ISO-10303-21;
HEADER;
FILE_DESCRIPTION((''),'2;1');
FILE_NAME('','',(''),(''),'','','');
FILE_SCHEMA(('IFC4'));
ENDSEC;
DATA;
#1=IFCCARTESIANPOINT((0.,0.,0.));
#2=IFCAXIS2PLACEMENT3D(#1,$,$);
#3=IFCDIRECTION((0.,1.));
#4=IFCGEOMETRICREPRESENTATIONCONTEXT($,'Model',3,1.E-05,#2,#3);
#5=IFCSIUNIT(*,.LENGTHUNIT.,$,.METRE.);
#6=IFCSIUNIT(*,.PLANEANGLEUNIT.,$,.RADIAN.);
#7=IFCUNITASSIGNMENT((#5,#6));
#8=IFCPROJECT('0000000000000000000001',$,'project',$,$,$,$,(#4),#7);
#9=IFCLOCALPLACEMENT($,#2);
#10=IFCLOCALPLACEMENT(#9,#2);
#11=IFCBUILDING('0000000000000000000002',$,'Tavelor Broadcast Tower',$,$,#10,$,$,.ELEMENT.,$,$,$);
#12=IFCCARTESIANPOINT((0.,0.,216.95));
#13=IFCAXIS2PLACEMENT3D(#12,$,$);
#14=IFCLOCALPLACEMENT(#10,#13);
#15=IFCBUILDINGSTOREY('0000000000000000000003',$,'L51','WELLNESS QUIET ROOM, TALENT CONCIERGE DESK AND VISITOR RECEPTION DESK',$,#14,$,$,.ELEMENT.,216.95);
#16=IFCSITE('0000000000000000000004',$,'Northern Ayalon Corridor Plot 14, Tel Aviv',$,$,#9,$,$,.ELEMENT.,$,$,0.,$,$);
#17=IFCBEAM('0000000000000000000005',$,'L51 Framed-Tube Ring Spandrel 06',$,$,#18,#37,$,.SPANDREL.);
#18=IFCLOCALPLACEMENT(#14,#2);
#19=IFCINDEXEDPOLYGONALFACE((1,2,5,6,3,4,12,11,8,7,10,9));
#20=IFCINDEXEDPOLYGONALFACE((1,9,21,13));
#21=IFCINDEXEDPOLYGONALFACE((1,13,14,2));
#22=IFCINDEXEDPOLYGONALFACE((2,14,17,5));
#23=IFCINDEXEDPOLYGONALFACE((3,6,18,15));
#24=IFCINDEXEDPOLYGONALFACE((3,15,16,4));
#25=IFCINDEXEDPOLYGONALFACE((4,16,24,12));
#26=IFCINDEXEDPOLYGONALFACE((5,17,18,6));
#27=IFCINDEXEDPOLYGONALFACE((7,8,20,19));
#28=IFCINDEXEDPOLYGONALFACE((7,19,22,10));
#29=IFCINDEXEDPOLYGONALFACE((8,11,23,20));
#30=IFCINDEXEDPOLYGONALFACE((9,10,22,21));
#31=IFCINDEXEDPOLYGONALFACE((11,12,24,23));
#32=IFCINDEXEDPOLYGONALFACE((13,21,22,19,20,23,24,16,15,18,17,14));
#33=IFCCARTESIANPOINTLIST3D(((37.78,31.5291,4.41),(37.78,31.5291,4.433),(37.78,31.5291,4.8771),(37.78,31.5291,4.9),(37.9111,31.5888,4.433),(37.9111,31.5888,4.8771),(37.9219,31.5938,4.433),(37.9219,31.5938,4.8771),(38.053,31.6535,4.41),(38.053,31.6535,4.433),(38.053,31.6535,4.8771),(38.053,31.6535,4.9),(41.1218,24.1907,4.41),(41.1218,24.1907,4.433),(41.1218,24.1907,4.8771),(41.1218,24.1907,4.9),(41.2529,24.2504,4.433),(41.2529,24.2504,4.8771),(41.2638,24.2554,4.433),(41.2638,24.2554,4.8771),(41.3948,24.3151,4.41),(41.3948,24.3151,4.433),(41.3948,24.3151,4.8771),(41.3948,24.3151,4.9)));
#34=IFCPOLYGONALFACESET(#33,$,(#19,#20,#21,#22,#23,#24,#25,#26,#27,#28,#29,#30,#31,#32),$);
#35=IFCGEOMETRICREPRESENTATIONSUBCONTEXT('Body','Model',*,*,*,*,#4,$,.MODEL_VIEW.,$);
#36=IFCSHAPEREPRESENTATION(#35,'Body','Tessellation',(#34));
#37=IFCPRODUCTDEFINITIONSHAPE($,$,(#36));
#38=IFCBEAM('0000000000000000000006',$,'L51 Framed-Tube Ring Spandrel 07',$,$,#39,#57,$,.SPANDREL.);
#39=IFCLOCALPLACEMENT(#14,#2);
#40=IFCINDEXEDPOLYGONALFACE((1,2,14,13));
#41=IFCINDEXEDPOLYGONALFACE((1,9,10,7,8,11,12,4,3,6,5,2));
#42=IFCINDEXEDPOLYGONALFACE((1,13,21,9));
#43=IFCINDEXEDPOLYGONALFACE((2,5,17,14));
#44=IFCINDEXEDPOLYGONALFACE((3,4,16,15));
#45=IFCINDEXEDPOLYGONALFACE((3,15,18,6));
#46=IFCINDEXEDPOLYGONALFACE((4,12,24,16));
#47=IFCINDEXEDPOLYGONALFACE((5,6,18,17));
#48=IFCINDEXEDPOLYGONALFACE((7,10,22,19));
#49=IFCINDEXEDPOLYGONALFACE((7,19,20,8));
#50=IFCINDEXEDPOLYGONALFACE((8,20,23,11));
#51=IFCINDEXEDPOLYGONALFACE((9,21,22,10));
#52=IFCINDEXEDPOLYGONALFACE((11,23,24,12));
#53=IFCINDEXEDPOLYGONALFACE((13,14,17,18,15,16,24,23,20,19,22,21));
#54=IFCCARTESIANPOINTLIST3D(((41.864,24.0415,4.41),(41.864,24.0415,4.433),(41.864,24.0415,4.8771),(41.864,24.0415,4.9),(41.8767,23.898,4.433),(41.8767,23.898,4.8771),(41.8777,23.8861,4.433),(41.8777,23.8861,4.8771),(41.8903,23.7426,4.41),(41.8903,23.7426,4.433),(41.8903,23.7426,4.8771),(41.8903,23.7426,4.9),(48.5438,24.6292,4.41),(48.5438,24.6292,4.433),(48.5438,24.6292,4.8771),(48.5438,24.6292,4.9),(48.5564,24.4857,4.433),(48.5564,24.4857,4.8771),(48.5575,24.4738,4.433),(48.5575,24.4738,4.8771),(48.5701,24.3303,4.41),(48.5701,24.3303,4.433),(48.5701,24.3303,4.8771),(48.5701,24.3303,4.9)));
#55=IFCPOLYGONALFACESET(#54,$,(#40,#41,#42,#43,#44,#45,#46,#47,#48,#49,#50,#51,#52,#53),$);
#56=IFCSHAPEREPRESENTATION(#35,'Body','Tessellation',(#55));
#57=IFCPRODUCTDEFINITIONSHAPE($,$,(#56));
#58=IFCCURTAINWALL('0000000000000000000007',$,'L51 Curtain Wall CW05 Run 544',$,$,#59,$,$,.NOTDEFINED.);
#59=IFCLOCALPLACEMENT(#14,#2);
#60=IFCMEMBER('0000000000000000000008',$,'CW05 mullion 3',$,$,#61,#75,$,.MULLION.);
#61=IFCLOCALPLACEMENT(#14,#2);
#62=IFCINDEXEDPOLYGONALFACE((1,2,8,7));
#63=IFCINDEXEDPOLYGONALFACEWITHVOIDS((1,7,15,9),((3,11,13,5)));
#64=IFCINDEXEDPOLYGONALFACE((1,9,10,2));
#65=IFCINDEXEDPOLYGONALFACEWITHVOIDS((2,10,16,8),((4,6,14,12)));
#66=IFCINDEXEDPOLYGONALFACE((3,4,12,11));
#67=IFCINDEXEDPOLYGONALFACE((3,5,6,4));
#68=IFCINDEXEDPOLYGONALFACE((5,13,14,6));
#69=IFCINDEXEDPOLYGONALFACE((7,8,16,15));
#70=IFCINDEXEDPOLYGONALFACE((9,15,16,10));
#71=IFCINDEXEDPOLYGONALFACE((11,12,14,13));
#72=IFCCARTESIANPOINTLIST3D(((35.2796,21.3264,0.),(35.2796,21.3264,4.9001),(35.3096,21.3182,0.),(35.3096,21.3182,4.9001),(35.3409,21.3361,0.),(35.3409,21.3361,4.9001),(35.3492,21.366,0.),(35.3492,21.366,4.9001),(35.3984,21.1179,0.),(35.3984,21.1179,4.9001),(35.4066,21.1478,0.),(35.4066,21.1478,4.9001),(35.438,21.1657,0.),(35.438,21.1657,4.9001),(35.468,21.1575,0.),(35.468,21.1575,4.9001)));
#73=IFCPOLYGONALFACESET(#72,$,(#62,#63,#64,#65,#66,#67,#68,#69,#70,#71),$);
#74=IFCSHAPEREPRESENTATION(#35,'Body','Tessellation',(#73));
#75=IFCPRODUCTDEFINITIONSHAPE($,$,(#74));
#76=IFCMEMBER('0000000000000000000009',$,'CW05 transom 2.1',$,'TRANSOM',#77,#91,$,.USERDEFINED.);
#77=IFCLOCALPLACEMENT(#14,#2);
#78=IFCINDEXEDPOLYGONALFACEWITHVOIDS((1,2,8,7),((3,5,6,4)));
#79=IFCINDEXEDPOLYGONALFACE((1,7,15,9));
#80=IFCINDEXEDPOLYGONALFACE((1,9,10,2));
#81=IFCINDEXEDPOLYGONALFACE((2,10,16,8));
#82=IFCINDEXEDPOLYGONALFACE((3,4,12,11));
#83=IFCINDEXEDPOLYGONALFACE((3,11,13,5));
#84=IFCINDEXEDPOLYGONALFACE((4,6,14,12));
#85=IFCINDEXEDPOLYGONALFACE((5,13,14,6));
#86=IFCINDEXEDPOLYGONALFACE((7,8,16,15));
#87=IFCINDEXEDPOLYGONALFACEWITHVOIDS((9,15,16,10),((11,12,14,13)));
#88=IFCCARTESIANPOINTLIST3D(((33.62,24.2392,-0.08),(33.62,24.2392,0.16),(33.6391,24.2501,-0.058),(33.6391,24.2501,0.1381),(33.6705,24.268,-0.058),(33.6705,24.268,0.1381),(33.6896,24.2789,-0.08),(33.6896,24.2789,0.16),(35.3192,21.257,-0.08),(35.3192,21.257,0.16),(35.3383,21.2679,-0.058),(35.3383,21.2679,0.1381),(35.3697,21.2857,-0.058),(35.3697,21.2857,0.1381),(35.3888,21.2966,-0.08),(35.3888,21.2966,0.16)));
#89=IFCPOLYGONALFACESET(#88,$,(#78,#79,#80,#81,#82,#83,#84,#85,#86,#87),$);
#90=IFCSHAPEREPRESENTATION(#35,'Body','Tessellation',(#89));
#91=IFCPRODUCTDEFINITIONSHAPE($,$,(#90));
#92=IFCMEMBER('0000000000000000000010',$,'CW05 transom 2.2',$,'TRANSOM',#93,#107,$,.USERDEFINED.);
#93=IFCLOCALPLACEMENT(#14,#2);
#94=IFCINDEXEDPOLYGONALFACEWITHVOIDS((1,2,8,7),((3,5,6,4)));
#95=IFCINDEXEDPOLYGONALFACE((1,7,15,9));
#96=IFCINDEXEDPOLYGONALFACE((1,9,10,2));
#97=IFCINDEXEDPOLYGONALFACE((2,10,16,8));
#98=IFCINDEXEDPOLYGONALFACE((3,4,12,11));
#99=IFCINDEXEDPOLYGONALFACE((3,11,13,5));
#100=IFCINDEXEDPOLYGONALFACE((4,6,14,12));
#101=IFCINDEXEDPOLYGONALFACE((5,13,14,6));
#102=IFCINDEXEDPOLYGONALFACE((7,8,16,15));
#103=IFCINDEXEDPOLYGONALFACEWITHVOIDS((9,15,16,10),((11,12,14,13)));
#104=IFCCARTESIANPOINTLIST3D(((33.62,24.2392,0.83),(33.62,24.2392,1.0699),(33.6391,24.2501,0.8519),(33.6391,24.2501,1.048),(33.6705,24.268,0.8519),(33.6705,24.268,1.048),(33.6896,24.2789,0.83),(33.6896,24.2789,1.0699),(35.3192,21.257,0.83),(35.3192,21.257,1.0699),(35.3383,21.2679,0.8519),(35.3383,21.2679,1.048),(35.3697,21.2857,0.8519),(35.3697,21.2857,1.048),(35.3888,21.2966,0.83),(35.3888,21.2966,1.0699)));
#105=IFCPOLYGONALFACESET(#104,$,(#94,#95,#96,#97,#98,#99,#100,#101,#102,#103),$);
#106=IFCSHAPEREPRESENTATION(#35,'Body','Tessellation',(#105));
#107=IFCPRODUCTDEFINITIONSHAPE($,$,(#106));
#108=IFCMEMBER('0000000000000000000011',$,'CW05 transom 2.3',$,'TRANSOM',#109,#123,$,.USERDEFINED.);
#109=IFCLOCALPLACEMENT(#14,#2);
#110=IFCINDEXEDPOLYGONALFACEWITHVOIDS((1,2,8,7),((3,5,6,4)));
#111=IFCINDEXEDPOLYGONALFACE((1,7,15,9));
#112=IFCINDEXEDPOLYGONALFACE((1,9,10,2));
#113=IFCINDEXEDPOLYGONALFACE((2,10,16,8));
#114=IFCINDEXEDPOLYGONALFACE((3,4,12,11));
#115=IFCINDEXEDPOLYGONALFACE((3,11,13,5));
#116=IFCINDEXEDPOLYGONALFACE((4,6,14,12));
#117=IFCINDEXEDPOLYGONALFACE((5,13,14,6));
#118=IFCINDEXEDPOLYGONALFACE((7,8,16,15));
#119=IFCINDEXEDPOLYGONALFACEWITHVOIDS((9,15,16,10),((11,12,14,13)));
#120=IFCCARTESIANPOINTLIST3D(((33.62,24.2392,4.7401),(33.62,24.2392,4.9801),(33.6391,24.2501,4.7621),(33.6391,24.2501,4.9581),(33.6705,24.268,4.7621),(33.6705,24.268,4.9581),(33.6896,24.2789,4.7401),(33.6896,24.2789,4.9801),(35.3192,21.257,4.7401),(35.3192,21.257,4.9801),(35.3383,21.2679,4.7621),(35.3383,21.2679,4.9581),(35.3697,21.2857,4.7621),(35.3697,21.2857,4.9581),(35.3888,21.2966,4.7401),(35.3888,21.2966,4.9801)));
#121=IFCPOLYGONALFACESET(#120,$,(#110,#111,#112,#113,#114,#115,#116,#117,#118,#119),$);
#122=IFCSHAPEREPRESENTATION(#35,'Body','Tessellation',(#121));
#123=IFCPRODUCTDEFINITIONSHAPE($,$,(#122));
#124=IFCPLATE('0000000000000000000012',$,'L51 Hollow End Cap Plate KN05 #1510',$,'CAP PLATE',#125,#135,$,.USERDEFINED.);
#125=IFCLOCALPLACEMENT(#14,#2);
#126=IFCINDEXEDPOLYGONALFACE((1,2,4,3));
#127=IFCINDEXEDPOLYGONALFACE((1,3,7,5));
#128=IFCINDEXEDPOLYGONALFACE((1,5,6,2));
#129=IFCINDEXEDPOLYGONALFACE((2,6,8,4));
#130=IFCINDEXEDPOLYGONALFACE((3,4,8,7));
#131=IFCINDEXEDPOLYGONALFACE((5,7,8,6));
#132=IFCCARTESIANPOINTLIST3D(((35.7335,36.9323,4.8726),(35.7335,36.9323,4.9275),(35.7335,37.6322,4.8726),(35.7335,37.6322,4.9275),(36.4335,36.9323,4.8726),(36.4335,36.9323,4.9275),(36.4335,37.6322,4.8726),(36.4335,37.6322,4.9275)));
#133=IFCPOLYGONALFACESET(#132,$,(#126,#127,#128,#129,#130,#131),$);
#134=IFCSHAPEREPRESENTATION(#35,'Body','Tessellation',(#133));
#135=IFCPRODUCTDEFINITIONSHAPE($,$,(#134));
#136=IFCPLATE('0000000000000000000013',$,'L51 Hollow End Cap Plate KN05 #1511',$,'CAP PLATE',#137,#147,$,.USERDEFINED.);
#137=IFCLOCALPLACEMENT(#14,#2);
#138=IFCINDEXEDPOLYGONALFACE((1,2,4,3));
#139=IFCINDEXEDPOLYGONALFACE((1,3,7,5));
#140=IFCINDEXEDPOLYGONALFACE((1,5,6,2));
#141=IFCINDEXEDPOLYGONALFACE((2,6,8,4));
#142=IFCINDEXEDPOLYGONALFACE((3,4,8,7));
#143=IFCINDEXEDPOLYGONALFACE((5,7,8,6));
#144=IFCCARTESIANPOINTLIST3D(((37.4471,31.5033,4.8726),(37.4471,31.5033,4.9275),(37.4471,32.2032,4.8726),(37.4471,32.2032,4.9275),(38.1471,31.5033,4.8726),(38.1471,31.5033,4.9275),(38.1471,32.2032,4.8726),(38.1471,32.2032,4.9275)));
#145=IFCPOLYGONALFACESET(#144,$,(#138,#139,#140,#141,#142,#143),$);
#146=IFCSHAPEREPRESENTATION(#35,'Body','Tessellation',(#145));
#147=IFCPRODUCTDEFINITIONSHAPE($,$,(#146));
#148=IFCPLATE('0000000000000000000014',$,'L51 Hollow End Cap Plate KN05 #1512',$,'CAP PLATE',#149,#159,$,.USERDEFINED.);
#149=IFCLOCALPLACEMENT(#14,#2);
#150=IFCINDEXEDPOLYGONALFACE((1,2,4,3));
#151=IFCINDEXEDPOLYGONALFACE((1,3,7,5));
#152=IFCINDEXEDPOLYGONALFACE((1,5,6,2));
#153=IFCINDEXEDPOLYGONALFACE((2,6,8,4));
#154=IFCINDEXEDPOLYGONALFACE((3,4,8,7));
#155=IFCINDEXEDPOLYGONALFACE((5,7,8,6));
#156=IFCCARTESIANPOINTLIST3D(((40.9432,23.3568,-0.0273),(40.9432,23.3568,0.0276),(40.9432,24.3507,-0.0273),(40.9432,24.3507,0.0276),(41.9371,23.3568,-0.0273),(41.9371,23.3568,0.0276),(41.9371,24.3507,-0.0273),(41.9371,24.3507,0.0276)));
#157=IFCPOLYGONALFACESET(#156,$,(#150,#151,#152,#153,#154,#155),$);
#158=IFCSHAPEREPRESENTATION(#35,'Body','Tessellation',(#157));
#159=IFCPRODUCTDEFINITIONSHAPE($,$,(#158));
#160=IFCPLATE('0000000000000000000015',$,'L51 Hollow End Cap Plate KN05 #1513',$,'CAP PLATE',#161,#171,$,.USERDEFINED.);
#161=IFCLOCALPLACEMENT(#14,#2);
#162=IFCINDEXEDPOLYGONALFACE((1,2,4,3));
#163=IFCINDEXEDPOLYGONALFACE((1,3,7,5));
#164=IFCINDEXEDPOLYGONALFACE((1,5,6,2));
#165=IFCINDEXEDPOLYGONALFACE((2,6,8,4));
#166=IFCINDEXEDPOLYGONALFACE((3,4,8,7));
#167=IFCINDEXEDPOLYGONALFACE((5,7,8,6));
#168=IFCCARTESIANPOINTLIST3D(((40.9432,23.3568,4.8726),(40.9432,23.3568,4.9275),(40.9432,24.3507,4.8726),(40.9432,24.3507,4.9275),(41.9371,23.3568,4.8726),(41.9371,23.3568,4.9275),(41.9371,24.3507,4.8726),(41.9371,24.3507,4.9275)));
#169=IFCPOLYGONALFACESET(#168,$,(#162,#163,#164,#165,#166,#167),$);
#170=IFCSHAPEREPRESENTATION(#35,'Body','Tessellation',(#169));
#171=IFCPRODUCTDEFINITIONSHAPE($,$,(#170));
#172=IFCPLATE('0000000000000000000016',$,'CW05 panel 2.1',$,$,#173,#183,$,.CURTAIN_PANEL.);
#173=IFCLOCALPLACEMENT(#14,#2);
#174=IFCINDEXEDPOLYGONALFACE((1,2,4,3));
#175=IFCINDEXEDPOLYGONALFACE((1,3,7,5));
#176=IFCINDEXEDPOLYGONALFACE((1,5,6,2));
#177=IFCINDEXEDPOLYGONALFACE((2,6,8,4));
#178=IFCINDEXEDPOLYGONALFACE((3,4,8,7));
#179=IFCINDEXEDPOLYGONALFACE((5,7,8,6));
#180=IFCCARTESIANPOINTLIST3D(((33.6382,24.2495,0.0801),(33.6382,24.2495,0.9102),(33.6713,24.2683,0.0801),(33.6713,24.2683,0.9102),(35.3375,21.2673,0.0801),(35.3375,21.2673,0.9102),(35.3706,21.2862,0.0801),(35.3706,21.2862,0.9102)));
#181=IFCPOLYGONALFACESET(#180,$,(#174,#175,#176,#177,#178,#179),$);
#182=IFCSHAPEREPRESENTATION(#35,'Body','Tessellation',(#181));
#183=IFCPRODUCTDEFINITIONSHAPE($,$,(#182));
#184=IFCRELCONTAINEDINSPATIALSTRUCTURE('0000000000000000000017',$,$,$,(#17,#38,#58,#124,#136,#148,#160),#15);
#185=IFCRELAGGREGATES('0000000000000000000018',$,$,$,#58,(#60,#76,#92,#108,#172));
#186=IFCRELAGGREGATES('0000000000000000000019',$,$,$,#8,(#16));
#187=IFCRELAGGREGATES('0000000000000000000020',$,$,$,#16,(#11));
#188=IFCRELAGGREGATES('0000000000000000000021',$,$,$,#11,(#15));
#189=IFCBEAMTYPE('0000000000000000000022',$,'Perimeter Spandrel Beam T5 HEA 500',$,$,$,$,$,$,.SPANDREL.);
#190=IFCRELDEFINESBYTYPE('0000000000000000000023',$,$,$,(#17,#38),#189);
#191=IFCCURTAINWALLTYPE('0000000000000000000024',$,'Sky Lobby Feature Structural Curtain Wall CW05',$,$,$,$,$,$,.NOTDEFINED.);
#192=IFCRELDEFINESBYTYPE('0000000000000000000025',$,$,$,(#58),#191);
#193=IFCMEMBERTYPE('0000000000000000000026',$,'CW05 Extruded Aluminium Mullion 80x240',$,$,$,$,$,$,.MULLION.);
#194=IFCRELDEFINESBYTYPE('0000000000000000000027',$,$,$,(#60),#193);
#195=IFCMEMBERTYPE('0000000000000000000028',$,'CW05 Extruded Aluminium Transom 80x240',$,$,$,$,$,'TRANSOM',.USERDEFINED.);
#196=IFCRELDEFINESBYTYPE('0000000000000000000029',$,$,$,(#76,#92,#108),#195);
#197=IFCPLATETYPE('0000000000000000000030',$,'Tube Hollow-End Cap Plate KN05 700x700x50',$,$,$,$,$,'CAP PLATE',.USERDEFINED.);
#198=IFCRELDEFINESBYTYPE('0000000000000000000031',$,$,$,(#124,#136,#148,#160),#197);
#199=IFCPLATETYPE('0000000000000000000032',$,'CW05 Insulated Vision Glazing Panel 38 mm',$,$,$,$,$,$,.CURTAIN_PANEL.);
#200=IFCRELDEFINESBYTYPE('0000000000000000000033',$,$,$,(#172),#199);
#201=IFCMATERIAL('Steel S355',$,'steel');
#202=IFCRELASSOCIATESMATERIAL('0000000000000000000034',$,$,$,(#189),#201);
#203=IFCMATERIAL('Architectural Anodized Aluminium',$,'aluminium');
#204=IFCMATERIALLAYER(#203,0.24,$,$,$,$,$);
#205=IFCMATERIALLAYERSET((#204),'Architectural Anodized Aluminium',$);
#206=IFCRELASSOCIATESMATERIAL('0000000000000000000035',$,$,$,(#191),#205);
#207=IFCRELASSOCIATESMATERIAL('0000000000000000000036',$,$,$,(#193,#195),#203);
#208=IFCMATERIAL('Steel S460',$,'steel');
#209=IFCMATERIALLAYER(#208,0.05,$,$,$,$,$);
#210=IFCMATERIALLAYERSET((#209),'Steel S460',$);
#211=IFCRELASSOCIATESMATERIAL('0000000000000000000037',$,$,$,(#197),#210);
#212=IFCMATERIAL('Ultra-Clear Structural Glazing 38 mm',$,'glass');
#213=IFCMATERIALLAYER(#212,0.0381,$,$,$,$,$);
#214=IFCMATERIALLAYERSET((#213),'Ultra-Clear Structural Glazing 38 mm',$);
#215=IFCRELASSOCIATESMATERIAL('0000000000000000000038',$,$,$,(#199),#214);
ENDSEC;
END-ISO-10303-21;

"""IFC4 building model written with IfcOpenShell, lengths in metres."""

from ifc_helpers import new_model, si_unit, direction, frame, origin, origin_2d, place, context, subcontext, project, spatial, rectangle, hollow_rectangle, i_section, extrude, source, transform, mapped, material, layer, layer_set, material_profile, profile_set, type_object, type_shapes, element, aggregate, save


model = new_model("IFC4")

# Units and contexts
model_context = context("Model", 3, precision=1e-05, world=origin(), true_north=direction((0.0, 1.0)))
body_context = subcontext(model_context, "Body", "Model", "MODEL_VIEW")
ifc_project = project(units=[si_unit("LENGTHUNIT", "METRE"), si_unit("PLANEANGLEUNIT", "RADIAN")], contexts=[model_context])

# Site, building, storey
site_placement = place(None, origin())
site = spatial("IfcSite", under=ifc_project, at=site_placement, Name="Northern Ayalon Corridor Plot 14, Tel Aviv", CompositionType="ELEMENT", RefElevation=0.0)
building_placement = place(site_placement, origin())
building = spatial("IfcBuilding", under=site, at=building_placement, Name="Tavelor Broadcast Tower", CompositionType="ELEMENT")
storey_placement = place(building_placement, frame((0.0, 0.0, 216.95)))
storey = spatial("IfcBuildingStorey", under=building, at=storey_placement, Name="L51", Description="WELLNESS QUIET ROOM, TALENT CONCIERGE DESK AND VISITOR RECEPTION DESK", CompositionType="ELEMENT", Elevation=216.95)

# Shared definitions
ifc_material_1 = material(Name="Steel S460", Category="steel")

# Beams
ifc_material_2 = material(Name="Steel S355", Category="steel")
ifc_material_profile_1 = material_profile(ifc_material_2, i_section(OverallWidth=0.3, OverallDepth=0.49, WebThickness=0.012, FlangeThickness=0.0229, at=origin_2d()), Name="HEA 500")
ifc_profile_set_1 = profile_set([ifc_material_profile_1], Name="Steel S355")
beam_type_1 = type_object("IfcBeamType", Name="Perimeter Spandrel Beam T5 HEA 500", PredefinedType="SPANDREL", material=ifc_profile_set_1)
beam_1_placement = place(storey_placement, frame((37.9165, 31.5913, 4.655), z_axis=(0.414437, -0.910078, 0.0), x_axis=(0.910078, 0.414437, 0.0)))
element("IfcBeam", 1, at=beam_1_placement, inside=storey, type_object=beam_type_1, Name="L51 Framed-Tube Ring Spandrel 06", PredefinedType="SPANDREL", context=body_context, shape_type="SweptSolid", body=[
    extrude(i_section(OverallWidth=0.3, OverallDepth=0.49, WebThickness=0.012, FlangeThickness=0.0229, at=origin_2d()), origin(), (0.0, 0.0, 1.0), 8.0635),
])
beam_2_placement = place(storey_placement, frame((41.8772, 23.8921, 4.655), z_axis=(0.996153, 0.087637, 0.0), x_axis=(-0.087637, 0.996153, 0.0)))
element("IfcBeam", 2, at=beam_2_placement, inside=storey, type_object=beam_type_1, Name="L51 Framed-Tube Ring Spandrel 07", PredefinedType="SPANDREL", context=body_context, shape_type="SweptSolid", body=[
    extrude(i_section(OverallWidth=0.3, OverallDepth=0.49, WebThickness=0.012, FlangeThickness=0.0229, at=origin_2d()), origin(), (0.0, 0.0, 1.0), 6.7056),
])

# Curtain wall, members
ifc_material_3 = material(Name="Architectural Anodized Aluminium", Category="aluminium")
ifc_layer_1 = layer(ifc_material_3, 0.24)
ifc_layer_set_1 = layer_set([ifc_layer_1], Name="Architectural Anodized Aluminium")
curtain_wall_type = type_object("IfcCurtainWallType", Name="Sky Lobby Feature Structural Curtain Wall CW05", PredefinedType="NOTDEFINED", material=ifc_layer_set_1)
curtain_wall_placement = place(storey_placement, origin())
curtain_wall = element("IfcCurtainWall", 3, at=curtain_wall_placement, inside=storey, type_object=curtain_wall_type, Name="L51 Curtain Wall CW05 Run 544", PredefinedType="NOTDEFINED")
ifc_material_profile_2 = material_profile(ifc_material_3, hollow_rectangle(XDim=0.0801, YDim=0.24, WallThickness=0.022, at=origin_2d()), Name="RHS 80x240x22")
ifc_profile_set_2 = profile_set([ifc_material_profile_2], Name="Architectural Anodized Aluminium")
member_type_1 = type_object("IfcMemberType", Name="CW05 Extruded Aluminium Mullion 80x240", PredefinedType="MULLION", material=ifc_profile_set_2)
shared_shape_1 = source(origin(), body_context, "Body", "SweptSolid", [
    extrude(hollow_rectangle(XDim=0.0801, YDim=0.24, WallThickness=0.022, at=origin_2d()), origin(), (0.0, 0.0, 1.0), 4.9001),
])
type_shapes(member_type_1, [shared_shape_1])
member_1_placement = place(storey_placement, frame((35.3738, 21.2419, 0.0), z_axis=(0.0, 0.0, 1.0), x_axis=(0.868835, 0.495102, 0.0)))
member_1 = element("IfcMember", 4, at=member_1_placement, type_object=member_type_1, Name="CW05 mullion 3", PredefinedType="MULLION", context=body_context, shape_type="MappedRepresentation", body=[
    mapped(shared_shape_1, transform((0.0, 0.0, 0.0), scale=1.0)),
])
ifc_material_profile_3 = material_profile(ifc_material_3, hollow_rectangle(XDim=0.0801, YDim=0.24, WallThickness=0.022, at=origin_2d()), Name="RHS 80x240x22")
ifc_profile_set_3 = profile_set([ifc_material_profile_3], Name="Architectural Anodized Aluminium")
member_type_2 = type_object("IfcMemberType", Name="CW05 Extruded Aluminium Transom 80x240", ElementType="TRANSOM", PredefinedType="USERDEFINED", material=ifc_profile_set_3)
shared_shape_2 = source(origin(), body_context, "Body", "SweptSolid", [
    extrude(hollow_rectangle(XDim=0.0801, YDim=0.24, WallThickness=0.022, at=origin_2d()), origin(), (0.0, 0.0, 1.0), 3.4324),
])
type_shapes(member_type_2, [shared_shape_2])
member_2_placement = place(storey_placement, frame((33.6548, 24.259, 0.04), z_axis=(0.495066, -0.868855, 0.0), x_axis=(0.868855, 0.495066, 0.0)))
member_2 = element("IfcMember", 5, at=member_2_placement, type_object=member_type_2, Name="CW05 transom 2.1", ObjectType="TRANSOM", PredefinedType="USERDEFINED", context=body_context, shape_type="MappedRepresentation", body=[
    mapped(shared_shape_2, transform((0.0, 0.0, 0.0), scale=1.0)),
])
member_3_placement = place(storey_placement, frame((33.6548, 24.259, 0.95), z_axis=(0.495066, -0.868855, 0.0), x_axis=(0.868855, 0.495066, 0.0)))
member_3 = element("IfcMember", 6, at=member_3_placement, type_object=member_type_2, Name="CW05 transom 2.2", ObjectType="TRANSOM", PredefinedType="USERDEFINED", context=body_context, shape_type="MappedRepresentation", body=[
    mapped(shared_shape_2, transform((0.0, 0.0, 0.0), scale=1.0)),
])
member_4_placement = place(storey_placement, frame((33.6548, 24.259, 4.8601), z_axis=(0.495066, -0.868855, 0.0), x_axis=(0.868855, 0.495066, 0.0)))
member_4 = element("IfcMember", 7, at=member_4_placement, type_object=member_type_2, Name="CW05 transom 2.3", ObjectType="TRANSOM", PredefinedType="USERDEFINED", context=body_context, shape_type="MappedRepresentation", body=[
    mapped(shared_shape_2, transform((0.0, 0.0, 0.0), scale=1.0)),
])

# Plates
ifc_layer_2 = layer(ifc_material_1, 0.05)
ifc_layer_set_2 = layer_set([ifc_layer_2], Name="Steel S460")
plate_type_1 = type_object("IfcPlateType", Name="Tube Hollow-End Cap Plate KN05 700x700x50", ElementType="CAP PLATE", PredefinedType="USERDEFINED", material=ifc_layer_set_2)
shared_shape_3 = source(origin(), body_context, "Body", "SweptSolid", [
    extrude(rectangle(XDim=0.7, YDim=0.7, at=origin_2d()), origin(), (0.0, 0.0, 1.0), 0.0549),
])
for number, where, z_axis, x_axis, name in (
    (8, (36.0835, 37.2822, 4.8726), (0.0, 0.0, 1.0), (1.0, 0.0, 0.0), "L51 Hollow End Cap Plate KN05 #1510"),
    (9, (37.7971, 31.8533, 4.8726), (0.0, 0.0, 1.0), (1.0, 0.0, 0.0), "L51 Hollow End Cap Plate KN05 #1511"),
):
    element("IfcPlate", number, at=place(storey_placement, frame(where, z_axis=z_axis, x_axis=x_axis)), inside=storey, type_object=plate_type_1, Name=name, ObjectType="CAP PLATE", PredefinedType="USERDEFINED", context=body_context, shape_type="MappedRepresentation", body=[
        mapped(shared_shape_3, transform((0.0, 0.0, 0.0), scale=1.0)),
    ])
shared_shape_4 = source(origin(), body_context, "Body", "SweptSolid", [
    extrude(rectangle(XDim=0.9939, YDim=0.9939, at=origin_2d()), origin(), (0.0, 0.0, 1.0), 0.0549),
])
type_shapes(plate_type_1, [shared_shape_3, shared_shape_4])
for number, where, z_axis, x_axis, name in (
    (10, (41.4402, 23.8538, -0.0273), (0.0, 0.0, 1.0), (1.0, 0.0, 0.0), "L51 Hollow End Cap Plate KN05 #1512"),
    (11, (41.4402, 23.8538, 4.8726), (0.0, 0.0, 1.0), (1.0, 0.0, 0.0), "L51 Hollow End Cap Plate KN05 #1513"),
):
    element("IfcPlate", number, at=place(storey_placement, frame(where, z_axis=z_axis, x_axis=x_axis)), inside=storey, type_object=plate_type_1, Name=name, ObjectType="CAP PLATE", PredefinedType="USERDEFINED", context=body_context, shape_type="MappedRepresentation", body=[
        mapped(shared_shape_4, transform((0.0, 0.0, 0.0), scale=1.0)),
    ])

# Plate
ifc_material_4 = material(Name="Ultra-Clear Structural Glazing 38 mm", Category="glass")
ifc_layer_3 = layer(ifc_material_4, 0.0381)
ifc_layer_set_3 = layer_set([ifc_layer_3], Name="Ultra-Clear Structural Glazing 38 mm")
plate_type_2 = type_object("IfcPlateType", Name="CW05 Insulated Vision Glazing Panel 38 mm", PredefinedType="CURTAIN_PANEL", material=ifc_layer_set_3)
shared_shape_5 = source(origin(), body_context, "Body", "SweptSolid", [
    extrude(rectangle(XDim=3.4324, YDim=0.0381, at=origin_2d()), origin(), (0.0, 0.0, 1.0), 0.8301),
])
plate_1_placement = place(storey_placement, frame((34.5044, 22.7678, 0.0801), z_axis=(0.0, 0.0, 1.0), x_axis=(0.495102, -0.868835, 0.0)))
plate_1 = element("IfcPlate", 12, at=plate_1_placement, type_object=plate_type_2, Name="CW05 panel 2.1", PredefinedType="CURTAIN_PANEL", context=body_context, shape_type="MappedRepresentation", body=[
    mapped(shared_shape_5, transform((0.0, 0.0, 0.0), scale=1.0)),
])
aggregate(curtain_wall, [member_1, member_2, member_3, member_4, plate_1])

save(model, "model.ifc")
